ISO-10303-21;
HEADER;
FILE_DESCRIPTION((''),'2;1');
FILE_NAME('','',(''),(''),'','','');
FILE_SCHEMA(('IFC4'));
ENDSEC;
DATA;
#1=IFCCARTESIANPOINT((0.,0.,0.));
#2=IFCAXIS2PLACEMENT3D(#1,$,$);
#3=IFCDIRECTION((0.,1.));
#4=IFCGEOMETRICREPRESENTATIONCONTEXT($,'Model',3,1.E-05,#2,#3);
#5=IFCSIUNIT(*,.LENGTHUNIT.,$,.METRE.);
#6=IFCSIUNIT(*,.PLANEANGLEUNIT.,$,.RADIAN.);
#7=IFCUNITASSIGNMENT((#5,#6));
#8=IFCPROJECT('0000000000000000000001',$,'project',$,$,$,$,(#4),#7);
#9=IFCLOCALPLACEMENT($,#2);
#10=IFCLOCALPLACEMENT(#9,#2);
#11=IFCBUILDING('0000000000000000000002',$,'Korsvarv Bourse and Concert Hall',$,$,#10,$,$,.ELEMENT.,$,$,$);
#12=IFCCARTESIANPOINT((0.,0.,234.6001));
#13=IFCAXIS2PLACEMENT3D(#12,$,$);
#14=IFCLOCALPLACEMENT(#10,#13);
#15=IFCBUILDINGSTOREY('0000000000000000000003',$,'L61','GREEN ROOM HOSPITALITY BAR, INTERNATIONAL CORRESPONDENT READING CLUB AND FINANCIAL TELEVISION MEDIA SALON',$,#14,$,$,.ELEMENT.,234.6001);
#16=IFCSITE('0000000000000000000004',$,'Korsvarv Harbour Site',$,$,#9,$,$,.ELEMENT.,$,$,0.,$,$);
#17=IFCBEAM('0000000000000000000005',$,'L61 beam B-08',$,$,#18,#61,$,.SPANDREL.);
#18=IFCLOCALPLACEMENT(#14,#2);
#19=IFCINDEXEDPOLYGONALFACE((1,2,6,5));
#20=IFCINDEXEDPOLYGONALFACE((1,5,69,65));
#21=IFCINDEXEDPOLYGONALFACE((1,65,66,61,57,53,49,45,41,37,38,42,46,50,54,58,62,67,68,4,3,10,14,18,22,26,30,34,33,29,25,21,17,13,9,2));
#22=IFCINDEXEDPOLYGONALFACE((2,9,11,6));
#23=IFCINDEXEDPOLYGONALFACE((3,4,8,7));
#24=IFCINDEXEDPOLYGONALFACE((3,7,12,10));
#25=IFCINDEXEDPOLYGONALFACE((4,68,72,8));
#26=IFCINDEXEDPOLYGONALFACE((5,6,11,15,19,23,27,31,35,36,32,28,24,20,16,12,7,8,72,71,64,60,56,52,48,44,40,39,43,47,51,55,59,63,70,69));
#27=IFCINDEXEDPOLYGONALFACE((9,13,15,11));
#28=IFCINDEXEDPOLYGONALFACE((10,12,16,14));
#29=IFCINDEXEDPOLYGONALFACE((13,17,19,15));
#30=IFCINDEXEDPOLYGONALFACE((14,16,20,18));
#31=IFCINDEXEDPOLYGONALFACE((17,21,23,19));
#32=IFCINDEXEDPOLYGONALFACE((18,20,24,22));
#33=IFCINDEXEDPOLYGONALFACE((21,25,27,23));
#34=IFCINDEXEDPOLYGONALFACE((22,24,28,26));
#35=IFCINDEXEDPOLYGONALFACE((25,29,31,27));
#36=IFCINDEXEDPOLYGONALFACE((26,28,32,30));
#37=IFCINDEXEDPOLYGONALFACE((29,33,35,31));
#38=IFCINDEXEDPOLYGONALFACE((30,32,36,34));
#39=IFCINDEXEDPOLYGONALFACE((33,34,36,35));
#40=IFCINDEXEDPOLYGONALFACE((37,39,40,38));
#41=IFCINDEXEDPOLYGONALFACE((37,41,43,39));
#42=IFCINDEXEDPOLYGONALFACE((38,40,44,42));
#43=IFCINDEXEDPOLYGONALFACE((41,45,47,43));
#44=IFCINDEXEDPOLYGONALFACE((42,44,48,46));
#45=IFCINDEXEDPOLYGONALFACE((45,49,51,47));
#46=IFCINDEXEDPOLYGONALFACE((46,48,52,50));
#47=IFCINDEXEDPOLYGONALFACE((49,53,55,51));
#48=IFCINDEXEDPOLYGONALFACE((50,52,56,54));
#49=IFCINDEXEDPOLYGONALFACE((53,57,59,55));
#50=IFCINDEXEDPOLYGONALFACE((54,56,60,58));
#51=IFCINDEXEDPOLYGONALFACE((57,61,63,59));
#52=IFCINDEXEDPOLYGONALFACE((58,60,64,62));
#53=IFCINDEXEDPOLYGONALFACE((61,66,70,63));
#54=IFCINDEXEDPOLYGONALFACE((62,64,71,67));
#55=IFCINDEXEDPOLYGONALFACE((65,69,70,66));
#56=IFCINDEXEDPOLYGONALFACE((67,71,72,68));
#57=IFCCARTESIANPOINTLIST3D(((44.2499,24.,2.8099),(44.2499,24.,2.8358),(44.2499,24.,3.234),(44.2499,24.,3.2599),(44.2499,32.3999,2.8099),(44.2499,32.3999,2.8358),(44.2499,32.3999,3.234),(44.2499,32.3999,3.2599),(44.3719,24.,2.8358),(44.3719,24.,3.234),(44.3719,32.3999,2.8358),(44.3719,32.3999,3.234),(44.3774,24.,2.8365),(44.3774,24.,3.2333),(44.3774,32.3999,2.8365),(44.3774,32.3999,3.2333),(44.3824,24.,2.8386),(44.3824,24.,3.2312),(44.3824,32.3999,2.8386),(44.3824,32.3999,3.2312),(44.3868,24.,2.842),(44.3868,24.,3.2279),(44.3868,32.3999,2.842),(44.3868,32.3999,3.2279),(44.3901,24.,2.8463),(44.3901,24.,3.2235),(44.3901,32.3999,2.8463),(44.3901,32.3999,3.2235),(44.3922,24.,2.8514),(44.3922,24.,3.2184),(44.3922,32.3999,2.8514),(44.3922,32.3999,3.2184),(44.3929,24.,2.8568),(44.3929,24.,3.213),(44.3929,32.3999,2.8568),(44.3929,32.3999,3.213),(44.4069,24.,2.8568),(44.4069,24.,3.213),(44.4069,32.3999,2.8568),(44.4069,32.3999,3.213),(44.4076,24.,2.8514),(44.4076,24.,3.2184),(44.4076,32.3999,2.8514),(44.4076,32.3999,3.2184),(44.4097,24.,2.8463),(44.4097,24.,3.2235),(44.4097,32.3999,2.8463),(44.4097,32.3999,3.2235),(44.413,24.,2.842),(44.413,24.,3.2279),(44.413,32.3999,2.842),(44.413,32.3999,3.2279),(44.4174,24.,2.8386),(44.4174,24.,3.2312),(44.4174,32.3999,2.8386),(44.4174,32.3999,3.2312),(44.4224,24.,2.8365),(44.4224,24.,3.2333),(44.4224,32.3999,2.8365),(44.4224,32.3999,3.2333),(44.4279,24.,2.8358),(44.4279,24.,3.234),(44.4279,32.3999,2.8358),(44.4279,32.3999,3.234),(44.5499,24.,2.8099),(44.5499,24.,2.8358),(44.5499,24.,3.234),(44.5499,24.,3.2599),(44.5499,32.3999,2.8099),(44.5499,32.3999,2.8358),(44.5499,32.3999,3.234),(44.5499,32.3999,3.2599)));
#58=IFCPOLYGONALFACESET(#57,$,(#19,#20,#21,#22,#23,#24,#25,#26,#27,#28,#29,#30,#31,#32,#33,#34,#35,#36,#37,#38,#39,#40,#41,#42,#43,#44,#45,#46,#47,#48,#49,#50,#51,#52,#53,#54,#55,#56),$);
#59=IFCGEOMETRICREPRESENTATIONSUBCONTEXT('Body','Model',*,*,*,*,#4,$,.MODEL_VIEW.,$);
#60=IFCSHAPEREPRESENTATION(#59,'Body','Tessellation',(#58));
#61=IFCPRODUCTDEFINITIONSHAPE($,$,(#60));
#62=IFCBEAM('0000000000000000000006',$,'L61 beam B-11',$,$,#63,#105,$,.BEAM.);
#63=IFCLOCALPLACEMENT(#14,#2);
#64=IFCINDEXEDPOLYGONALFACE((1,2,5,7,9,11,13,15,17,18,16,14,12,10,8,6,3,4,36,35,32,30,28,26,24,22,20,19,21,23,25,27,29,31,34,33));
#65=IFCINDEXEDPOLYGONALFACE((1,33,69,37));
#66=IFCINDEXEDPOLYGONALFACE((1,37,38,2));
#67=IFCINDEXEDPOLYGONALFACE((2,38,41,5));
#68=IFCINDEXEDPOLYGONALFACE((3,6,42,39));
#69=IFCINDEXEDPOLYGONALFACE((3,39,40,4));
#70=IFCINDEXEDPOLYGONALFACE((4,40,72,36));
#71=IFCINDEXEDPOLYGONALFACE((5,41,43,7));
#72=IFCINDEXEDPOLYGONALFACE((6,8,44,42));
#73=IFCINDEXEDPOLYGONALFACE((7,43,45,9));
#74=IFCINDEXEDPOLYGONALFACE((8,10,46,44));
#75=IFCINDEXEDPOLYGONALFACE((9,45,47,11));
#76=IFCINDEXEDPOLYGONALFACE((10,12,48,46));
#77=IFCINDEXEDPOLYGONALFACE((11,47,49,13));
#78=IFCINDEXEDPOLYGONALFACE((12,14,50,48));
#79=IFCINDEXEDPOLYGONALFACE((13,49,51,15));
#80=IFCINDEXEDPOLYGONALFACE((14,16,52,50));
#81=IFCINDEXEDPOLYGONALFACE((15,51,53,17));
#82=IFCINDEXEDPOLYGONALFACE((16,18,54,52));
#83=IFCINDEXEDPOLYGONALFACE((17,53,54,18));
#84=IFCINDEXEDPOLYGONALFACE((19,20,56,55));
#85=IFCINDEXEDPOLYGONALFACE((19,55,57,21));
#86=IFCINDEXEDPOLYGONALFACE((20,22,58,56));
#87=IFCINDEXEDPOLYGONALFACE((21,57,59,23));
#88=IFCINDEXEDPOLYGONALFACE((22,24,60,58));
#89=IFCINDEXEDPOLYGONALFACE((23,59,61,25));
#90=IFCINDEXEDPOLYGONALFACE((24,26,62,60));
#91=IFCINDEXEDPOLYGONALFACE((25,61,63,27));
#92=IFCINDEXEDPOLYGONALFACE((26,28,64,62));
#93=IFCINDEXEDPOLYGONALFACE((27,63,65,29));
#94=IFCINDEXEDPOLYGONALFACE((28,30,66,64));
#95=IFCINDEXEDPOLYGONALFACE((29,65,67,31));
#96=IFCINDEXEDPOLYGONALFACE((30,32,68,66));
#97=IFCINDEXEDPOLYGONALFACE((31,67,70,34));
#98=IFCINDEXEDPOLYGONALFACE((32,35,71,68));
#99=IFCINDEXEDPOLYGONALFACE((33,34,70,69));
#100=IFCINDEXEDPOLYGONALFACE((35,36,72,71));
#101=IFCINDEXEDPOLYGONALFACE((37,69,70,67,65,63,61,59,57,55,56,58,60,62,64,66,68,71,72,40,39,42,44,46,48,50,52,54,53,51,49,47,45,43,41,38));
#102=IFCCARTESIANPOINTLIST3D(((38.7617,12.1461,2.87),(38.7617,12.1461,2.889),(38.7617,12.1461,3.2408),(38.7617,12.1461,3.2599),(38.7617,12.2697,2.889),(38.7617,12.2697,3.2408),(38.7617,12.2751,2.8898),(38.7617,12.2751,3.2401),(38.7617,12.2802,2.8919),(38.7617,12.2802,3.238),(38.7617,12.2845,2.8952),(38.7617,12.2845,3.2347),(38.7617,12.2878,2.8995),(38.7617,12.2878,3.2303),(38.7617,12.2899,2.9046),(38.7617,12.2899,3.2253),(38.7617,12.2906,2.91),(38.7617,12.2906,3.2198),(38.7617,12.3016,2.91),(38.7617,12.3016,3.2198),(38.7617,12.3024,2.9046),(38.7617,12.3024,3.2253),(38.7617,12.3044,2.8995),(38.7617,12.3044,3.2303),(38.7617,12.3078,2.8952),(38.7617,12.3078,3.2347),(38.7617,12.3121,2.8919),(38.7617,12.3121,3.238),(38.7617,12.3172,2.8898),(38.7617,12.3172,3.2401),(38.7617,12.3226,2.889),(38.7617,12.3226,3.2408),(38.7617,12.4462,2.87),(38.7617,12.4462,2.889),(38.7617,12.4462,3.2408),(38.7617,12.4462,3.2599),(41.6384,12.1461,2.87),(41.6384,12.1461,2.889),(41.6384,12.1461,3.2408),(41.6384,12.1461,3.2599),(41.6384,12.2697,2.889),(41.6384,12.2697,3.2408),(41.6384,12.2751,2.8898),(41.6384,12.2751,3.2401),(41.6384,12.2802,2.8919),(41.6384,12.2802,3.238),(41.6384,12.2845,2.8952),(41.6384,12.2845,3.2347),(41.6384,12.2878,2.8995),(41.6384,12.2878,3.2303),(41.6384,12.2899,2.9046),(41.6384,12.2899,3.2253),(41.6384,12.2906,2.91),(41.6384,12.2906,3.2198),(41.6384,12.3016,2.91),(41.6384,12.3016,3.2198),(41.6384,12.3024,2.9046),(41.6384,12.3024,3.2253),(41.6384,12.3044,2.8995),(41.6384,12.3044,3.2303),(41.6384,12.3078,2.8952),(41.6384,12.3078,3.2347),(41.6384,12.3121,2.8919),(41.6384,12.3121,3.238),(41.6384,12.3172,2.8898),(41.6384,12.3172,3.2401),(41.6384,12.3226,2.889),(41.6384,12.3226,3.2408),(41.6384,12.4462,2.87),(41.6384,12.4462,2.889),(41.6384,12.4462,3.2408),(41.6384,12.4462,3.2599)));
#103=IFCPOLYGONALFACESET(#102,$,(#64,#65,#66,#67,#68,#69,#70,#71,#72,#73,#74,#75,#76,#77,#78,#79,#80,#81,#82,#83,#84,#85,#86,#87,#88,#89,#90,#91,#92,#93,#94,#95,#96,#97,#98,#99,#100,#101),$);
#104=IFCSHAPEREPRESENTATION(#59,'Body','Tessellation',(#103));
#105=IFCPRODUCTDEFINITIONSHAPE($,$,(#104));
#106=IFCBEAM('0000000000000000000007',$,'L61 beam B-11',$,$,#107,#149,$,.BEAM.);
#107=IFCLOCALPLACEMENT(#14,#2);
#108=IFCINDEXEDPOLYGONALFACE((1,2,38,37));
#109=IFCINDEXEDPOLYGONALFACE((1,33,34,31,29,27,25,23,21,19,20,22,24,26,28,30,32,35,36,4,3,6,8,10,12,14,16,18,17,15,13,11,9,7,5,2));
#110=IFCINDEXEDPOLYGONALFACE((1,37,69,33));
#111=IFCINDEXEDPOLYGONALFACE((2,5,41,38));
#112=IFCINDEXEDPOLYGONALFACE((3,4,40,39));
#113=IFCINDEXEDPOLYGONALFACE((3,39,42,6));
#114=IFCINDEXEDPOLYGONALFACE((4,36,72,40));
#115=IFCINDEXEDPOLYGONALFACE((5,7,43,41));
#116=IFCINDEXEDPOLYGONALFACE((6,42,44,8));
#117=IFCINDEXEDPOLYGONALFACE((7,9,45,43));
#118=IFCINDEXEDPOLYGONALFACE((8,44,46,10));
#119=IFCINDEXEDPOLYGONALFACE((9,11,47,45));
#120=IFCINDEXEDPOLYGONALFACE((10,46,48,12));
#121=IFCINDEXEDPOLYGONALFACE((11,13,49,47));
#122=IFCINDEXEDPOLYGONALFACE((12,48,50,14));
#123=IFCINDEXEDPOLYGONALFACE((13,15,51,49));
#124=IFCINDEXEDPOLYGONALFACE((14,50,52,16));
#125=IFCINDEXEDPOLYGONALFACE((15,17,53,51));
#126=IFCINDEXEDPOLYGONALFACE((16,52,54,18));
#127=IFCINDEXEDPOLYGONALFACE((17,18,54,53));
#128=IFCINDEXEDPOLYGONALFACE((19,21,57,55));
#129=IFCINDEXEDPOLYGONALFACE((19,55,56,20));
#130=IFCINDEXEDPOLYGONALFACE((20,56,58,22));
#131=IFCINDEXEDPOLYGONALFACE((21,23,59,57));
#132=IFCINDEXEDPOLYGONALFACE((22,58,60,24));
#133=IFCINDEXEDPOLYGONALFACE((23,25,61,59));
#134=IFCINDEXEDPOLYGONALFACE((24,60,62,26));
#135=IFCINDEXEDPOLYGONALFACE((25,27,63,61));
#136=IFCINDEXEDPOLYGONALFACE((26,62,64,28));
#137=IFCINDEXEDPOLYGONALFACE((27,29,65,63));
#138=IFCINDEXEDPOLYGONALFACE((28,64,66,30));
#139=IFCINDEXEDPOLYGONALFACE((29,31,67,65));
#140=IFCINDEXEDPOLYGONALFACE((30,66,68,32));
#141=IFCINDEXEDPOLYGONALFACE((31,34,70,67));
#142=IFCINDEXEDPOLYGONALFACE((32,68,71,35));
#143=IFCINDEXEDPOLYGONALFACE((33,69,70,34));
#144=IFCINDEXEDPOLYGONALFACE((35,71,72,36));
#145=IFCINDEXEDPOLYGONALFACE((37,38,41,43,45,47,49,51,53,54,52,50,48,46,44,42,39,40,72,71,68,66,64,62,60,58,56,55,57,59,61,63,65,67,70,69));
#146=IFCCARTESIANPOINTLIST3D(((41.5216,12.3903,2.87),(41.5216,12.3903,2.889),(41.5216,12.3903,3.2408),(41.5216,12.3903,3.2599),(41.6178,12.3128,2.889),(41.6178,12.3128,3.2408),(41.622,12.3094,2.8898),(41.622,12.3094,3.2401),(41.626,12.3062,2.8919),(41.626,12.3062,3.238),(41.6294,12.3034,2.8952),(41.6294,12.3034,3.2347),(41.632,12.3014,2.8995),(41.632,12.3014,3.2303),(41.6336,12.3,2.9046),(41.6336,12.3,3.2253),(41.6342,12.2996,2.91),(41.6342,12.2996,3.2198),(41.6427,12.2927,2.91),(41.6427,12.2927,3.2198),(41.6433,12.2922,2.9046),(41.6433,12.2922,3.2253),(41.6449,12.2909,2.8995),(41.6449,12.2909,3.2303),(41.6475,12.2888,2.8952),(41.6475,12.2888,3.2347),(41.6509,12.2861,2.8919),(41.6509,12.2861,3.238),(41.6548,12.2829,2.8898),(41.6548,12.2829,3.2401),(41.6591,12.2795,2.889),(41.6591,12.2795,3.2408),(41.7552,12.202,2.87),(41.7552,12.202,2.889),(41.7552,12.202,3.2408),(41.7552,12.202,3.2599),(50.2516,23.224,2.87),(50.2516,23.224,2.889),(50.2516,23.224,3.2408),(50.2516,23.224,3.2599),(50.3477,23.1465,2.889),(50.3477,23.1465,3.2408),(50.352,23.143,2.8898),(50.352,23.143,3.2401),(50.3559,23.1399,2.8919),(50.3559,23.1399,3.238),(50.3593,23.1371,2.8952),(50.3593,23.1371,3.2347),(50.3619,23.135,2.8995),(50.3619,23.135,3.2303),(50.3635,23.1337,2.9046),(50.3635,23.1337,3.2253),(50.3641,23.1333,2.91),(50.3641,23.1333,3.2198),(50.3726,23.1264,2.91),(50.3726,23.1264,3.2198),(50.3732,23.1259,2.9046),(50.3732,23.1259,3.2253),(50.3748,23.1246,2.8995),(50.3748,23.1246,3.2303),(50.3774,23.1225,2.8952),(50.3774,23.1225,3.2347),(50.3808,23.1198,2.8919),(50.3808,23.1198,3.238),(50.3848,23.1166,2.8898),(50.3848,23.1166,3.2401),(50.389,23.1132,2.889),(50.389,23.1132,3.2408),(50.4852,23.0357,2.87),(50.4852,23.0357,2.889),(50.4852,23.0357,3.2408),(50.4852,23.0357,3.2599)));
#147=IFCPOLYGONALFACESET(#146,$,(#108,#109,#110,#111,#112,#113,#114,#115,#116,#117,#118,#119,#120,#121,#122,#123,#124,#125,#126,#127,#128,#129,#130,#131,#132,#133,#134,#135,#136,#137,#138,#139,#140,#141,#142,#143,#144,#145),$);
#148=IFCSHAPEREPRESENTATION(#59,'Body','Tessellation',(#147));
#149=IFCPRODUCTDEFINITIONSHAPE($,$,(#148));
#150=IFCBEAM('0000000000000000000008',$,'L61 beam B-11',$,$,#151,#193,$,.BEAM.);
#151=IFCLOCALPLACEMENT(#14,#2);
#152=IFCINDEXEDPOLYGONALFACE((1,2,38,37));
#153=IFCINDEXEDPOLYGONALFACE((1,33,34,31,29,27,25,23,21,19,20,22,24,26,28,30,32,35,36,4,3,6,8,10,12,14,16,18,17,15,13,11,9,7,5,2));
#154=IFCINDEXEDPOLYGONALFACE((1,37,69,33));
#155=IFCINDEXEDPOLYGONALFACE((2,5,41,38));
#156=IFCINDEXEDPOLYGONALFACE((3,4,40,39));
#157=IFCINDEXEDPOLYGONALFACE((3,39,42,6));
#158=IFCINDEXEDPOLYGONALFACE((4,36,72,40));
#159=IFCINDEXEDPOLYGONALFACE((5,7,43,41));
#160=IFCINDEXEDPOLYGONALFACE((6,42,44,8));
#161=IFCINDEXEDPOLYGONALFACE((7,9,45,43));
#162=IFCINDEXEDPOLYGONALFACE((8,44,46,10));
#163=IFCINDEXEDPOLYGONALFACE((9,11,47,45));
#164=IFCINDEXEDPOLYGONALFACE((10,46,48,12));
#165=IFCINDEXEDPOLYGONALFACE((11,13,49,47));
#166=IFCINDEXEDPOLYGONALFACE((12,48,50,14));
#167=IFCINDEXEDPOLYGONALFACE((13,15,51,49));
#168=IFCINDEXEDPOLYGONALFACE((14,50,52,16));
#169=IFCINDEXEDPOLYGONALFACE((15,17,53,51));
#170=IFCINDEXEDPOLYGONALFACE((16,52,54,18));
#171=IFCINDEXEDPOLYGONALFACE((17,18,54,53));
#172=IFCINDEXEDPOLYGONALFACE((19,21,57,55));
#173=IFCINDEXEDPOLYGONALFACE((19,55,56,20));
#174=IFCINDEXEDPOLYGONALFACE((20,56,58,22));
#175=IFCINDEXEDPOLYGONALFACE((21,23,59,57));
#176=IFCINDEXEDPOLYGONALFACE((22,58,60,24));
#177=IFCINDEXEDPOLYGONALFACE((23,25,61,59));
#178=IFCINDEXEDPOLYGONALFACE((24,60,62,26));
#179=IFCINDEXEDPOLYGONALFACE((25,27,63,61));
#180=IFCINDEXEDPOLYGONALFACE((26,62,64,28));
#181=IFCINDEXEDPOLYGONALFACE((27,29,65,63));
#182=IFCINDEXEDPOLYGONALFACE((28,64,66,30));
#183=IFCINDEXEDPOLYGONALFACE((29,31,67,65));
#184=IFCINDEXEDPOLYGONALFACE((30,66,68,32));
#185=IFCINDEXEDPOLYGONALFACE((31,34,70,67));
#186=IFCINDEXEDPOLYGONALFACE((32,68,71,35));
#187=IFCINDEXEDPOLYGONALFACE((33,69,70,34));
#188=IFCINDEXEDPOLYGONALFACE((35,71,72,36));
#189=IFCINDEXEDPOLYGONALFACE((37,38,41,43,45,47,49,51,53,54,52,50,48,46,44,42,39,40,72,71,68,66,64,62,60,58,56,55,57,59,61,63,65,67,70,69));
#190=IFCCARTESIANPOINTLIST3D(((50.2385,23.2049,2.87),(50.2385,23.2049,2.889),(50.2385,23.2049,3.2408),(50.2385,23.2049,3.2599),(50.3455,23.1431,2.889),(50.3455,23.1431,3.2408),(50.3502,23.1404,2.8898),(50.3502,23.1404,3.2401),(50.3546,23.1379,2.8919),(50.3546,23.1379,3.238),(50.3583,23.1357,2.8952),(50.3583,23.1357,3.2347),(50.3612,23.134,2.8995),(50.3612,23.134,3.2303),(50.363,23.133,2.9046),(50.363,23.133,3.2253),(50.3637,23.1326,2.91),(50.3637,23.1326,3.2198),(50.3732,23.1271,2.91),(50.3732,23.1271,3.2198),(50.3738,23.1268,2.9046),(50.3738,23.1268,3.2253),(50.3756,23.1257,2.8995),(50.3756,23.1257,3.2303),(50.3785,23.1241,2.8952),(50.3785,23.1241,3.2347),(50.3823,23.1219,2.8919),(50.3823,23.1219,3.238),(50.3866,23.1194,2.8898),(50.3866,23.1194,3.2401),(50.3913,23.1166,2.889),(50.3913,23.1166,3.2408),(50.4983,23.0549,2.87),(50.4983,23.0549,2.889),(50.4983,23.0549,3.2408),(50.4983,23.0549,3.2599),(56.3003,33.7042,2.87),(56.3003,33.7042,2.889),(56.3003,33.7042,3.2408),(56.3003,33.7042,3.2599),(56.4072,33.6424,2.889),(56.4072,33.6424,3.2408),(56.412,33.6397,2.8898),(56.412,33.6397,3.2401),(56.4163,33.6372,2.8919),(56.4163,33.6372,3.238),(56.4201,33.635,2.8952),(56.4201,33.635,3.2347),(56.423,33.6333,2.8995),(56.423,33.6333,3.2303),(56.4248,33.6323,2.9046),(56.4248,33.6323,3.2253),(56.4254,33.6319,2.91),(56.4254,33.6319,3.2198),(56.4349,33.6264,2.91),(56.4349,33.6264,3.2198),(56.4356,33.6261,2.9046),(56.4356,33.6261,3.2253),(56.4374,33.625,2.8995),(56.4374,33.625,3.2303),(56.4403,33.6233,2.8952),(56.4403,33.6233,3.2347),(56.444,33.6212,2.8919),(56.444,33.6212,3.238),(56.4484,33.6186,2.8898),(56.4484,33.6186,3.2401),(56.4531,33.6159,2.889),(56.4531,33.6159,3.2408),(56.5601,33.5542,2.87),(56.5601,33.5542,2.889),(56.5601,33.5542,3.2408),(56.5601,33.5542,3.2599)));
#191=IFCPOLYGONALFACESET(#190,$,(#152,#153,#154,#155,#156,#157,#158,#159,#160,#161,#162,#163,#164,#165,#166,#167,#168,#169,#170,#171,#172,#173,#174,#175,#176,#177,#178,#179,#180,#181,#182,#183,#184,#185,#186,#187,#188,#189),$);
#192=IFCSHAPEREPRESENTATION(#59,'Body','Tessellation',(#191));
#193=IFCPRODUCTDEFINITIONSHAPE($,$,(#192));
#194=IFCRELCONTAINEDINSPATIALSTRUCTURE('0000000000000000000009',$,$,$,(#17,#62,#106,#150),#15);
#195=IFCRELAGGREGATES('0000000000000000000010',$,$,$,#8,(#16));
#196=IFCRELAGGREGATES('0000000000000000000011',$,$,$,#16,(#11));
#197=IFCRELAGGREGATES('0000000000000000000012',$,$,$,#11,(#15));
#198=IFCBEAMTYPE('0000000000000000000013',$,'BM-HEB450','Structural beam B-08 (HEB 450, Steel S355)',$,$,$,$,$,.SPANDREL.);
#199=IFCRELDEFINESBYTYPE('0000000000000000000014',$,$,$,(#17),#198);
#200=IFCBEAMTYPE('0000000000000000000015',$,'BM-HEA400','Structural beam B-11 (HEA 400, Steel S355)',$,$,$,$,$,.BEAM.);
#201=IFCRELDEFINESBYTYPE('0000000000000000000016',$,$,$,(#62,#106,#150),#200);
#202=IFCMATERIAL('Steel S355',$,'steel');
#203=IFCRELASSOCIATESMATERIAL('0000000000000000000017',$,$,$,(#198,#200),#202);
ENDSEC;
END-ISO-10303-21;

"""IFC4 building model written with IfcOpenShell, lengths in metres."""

from ifc_helpers import new_model, si_unit, direction, frame, origin, origin_2d, place, context, subcontext, project, spatial, i_section, extrude, source, transform, mapped, material, material_profile, profile_set, type_object, element, save


model = new_model("IFC4")

# Units and contexts
model_context = context("Model", 3, precision=1e-05, world=origin(), true_north=direction((0.0, 1.0)))
body_context = subcontext(model_context, "Body", "Model", "MODEL_VIEW")
ifc_project = project(units=[si_unit("LENGTHUNIT", "METRE"), si_unit("PLANEANGLEUNIT", "RADIAN")], contexts=[model_context])

# Site, building, storey
site_placement = place(None, origin())
site = spatial("IfcSite", under=ifc_project, at=site_placement, Name="Korsvarv Harbour Site", CompositionType="ELEMENT", RefElevation=0.0)
building_placement = place(site_placement, origin())
building = spatial("IfcBuilding", under=site, at=building_placement, Name="Korsvarv Bourse and Concert Hall", CompositionType="ELEMENT")
storey_placement = place(building_placement, frame((0.0, 0.0, 234.6001)))
storey = spatial("IfcBuildingStorey", under=building, at=storey_placement, Name="L61", Description="GREEN ROOM HOSPITALITY BAR, INTERNATIONAL CORRESPONDENT READING CLUB AND FINANCIAL TELEVISION MEDIA SALON", CompositionType="ELEMENT", Elevation=234.6001)

# Shared definitions
ifc_material_1 = material(Name="Steel S355", Category="steel")

# Beams
ifc_material_profile_1 = material_profile(ifc_material_1, i_section(OverallWidth=0.3, OverallDepth=0.45, WebThickness=0.0139, FlangeThickness=0.0259, FilletRadius=0.021, at=origin_2d()), Name="HEB 450")
ifc_profile_set_1 = profile_set([ifc_material_profile_1], Name="Steel S355")
beam_type_1 = type_object("IfcBeamType", Name="BM-HEB450", Description="Structural beam B-08 (HEB 450, Steel S355)", PredefinedType="SPANDREL", material=ifc_profile_set_1)
shared_shape_1 = source(origin(), body_context, "Body", "SweptSolid", [
    extrude(i_section(OverallWidth=0.3, OverallDepth=0.45, WebThickness=0.0139, FlangeThickness=0.0259, FilletRadius=0.021, at=origin_2d()), origin(), (0.0, 0.0, 1.0), 8.3999),
])
beam_1_placement = place(storey_placement, frame((44.3999, 24.0, 3.0349), z_axis=(0.0, 1.0, 0.0), x_axis=(-1.0, 0.0, 0.0)))
element("IfcBeam", 1, at=beam_1_placement, inside=storey, type_object=beam_type_1, Name="L61 beam B-08", PredefinedType="SPANDREL", context=body_context, shape_type="MappedRepresentation", body=[
    mapped(shared_shape_1, transform((0.0, 0.0, 0.0), scale=1.0)),
])
ifc_material_profile_2 = material_profile(ifc_material_1, i_section(OverallWidth=0.3, OverallDepth=0.3899, WebThickness=0.011, FlangeThickness=0.019, FilletRadius=0.021, at=origin_2d()), Name="HEA 400")
ifc_profile_set_2 = profile_set([ifc_material_profile_2], Name="Steel S355")
beam_type_2 = type_object("IfcBeamType", Name="BM-HEA400", Description="Structural beam B-11 (HEA 400, Steel S355)", PredefinedType="BEAM", material=ifc_profile_set_2)
shared_shape_2 = source(origin(), body_context, "Body", "SweptSolid", [
    extrude(i_section(OverallWidth=0.3, OverallDepth=0.3899, WebThickness=0.011, FlangeThickness=0.019, FilletRadius=0.021, at=origin_2d()), origin(), (0.0, 0.0, 1.0), 2.8767),
])
beam_2_placement = place(storey_placement, frame((38.7617, 12.2961, 3.0649), z_axis=(1.0, 0.0, 0.0), x_axis=(0.0, 1.0, 0.0)))
element("IfcBeam", 2, at=beam_2_placement, inside=storey, type_object=beam_type_2, Name="L61 beam B-11", PredefinedType="BEAM", context=body_context, shape_type="MappedRepresentation", body=[
    mapped(shared_shape_2, transform((0.0, 0.0, 0.0), scale=1.0)),
])
shared_shape_3 = source(origin(), body_context, "Body", "SweptSolid", [
    extrude(i_section(OverallWidth=0.3, OverallDepth=0.3899, WebThickness=0.011, FlangeThickness=0.019, FilletRadius=0.021, at=origin_2d()), origin(), (0.0, 0.0, 1.0), 13.9133),
])
beam_3_placement = place(storey_placement, frame((41.6384, 12.2961, 3.0649), z_axis=(0.627452, 0.778656, 0.0), x_axis=(-0.778656, 0.627452, 0.0)))
element("IfcBeam", 3, at=beam_3_placement, inside=storey, type_object=beam_type_2, Name="L61 beam B-11", PredefinedType="BEAM", context=body_context, shape_type="MappedRepresentation", body=[
    mapped(shared_shape_3, transform((0.0, 0.0, 0.0), scale=1.0)),
])
shared_shape_4 = source(origin(), body_context, "Body", "SweptSolid", [
    extrude(i_section(OverallWidth=0.3, OverallDepth=0.3899, WebThickness=0.011, FlangeThickness=0.019, FilletRadius=0.021, at=origin_2d()), origin(), (0.0, 0.0, 1.0), 12.1235),
])
beam_4_placement = place(storey_placement, frame((50.3684, 23.1299, 3.0649), z_axis=(0.500001, 0.866025, 0.0), x_axis=(-0.866025, 0.500001, 0.0)))
element("IfcBeam", 4, at=beam_4_placement, inside=storey, type_object=beam_type_2, Name="L61 beam B-11", PredefinedType="BEAM", context=body_context, shape_type="MappedRepresentation", body=[
    mapped(shared_shape_4, transform((0.0, 0.0, 0.0), scale=1.0)),
])

save(model, "model.ifc")
